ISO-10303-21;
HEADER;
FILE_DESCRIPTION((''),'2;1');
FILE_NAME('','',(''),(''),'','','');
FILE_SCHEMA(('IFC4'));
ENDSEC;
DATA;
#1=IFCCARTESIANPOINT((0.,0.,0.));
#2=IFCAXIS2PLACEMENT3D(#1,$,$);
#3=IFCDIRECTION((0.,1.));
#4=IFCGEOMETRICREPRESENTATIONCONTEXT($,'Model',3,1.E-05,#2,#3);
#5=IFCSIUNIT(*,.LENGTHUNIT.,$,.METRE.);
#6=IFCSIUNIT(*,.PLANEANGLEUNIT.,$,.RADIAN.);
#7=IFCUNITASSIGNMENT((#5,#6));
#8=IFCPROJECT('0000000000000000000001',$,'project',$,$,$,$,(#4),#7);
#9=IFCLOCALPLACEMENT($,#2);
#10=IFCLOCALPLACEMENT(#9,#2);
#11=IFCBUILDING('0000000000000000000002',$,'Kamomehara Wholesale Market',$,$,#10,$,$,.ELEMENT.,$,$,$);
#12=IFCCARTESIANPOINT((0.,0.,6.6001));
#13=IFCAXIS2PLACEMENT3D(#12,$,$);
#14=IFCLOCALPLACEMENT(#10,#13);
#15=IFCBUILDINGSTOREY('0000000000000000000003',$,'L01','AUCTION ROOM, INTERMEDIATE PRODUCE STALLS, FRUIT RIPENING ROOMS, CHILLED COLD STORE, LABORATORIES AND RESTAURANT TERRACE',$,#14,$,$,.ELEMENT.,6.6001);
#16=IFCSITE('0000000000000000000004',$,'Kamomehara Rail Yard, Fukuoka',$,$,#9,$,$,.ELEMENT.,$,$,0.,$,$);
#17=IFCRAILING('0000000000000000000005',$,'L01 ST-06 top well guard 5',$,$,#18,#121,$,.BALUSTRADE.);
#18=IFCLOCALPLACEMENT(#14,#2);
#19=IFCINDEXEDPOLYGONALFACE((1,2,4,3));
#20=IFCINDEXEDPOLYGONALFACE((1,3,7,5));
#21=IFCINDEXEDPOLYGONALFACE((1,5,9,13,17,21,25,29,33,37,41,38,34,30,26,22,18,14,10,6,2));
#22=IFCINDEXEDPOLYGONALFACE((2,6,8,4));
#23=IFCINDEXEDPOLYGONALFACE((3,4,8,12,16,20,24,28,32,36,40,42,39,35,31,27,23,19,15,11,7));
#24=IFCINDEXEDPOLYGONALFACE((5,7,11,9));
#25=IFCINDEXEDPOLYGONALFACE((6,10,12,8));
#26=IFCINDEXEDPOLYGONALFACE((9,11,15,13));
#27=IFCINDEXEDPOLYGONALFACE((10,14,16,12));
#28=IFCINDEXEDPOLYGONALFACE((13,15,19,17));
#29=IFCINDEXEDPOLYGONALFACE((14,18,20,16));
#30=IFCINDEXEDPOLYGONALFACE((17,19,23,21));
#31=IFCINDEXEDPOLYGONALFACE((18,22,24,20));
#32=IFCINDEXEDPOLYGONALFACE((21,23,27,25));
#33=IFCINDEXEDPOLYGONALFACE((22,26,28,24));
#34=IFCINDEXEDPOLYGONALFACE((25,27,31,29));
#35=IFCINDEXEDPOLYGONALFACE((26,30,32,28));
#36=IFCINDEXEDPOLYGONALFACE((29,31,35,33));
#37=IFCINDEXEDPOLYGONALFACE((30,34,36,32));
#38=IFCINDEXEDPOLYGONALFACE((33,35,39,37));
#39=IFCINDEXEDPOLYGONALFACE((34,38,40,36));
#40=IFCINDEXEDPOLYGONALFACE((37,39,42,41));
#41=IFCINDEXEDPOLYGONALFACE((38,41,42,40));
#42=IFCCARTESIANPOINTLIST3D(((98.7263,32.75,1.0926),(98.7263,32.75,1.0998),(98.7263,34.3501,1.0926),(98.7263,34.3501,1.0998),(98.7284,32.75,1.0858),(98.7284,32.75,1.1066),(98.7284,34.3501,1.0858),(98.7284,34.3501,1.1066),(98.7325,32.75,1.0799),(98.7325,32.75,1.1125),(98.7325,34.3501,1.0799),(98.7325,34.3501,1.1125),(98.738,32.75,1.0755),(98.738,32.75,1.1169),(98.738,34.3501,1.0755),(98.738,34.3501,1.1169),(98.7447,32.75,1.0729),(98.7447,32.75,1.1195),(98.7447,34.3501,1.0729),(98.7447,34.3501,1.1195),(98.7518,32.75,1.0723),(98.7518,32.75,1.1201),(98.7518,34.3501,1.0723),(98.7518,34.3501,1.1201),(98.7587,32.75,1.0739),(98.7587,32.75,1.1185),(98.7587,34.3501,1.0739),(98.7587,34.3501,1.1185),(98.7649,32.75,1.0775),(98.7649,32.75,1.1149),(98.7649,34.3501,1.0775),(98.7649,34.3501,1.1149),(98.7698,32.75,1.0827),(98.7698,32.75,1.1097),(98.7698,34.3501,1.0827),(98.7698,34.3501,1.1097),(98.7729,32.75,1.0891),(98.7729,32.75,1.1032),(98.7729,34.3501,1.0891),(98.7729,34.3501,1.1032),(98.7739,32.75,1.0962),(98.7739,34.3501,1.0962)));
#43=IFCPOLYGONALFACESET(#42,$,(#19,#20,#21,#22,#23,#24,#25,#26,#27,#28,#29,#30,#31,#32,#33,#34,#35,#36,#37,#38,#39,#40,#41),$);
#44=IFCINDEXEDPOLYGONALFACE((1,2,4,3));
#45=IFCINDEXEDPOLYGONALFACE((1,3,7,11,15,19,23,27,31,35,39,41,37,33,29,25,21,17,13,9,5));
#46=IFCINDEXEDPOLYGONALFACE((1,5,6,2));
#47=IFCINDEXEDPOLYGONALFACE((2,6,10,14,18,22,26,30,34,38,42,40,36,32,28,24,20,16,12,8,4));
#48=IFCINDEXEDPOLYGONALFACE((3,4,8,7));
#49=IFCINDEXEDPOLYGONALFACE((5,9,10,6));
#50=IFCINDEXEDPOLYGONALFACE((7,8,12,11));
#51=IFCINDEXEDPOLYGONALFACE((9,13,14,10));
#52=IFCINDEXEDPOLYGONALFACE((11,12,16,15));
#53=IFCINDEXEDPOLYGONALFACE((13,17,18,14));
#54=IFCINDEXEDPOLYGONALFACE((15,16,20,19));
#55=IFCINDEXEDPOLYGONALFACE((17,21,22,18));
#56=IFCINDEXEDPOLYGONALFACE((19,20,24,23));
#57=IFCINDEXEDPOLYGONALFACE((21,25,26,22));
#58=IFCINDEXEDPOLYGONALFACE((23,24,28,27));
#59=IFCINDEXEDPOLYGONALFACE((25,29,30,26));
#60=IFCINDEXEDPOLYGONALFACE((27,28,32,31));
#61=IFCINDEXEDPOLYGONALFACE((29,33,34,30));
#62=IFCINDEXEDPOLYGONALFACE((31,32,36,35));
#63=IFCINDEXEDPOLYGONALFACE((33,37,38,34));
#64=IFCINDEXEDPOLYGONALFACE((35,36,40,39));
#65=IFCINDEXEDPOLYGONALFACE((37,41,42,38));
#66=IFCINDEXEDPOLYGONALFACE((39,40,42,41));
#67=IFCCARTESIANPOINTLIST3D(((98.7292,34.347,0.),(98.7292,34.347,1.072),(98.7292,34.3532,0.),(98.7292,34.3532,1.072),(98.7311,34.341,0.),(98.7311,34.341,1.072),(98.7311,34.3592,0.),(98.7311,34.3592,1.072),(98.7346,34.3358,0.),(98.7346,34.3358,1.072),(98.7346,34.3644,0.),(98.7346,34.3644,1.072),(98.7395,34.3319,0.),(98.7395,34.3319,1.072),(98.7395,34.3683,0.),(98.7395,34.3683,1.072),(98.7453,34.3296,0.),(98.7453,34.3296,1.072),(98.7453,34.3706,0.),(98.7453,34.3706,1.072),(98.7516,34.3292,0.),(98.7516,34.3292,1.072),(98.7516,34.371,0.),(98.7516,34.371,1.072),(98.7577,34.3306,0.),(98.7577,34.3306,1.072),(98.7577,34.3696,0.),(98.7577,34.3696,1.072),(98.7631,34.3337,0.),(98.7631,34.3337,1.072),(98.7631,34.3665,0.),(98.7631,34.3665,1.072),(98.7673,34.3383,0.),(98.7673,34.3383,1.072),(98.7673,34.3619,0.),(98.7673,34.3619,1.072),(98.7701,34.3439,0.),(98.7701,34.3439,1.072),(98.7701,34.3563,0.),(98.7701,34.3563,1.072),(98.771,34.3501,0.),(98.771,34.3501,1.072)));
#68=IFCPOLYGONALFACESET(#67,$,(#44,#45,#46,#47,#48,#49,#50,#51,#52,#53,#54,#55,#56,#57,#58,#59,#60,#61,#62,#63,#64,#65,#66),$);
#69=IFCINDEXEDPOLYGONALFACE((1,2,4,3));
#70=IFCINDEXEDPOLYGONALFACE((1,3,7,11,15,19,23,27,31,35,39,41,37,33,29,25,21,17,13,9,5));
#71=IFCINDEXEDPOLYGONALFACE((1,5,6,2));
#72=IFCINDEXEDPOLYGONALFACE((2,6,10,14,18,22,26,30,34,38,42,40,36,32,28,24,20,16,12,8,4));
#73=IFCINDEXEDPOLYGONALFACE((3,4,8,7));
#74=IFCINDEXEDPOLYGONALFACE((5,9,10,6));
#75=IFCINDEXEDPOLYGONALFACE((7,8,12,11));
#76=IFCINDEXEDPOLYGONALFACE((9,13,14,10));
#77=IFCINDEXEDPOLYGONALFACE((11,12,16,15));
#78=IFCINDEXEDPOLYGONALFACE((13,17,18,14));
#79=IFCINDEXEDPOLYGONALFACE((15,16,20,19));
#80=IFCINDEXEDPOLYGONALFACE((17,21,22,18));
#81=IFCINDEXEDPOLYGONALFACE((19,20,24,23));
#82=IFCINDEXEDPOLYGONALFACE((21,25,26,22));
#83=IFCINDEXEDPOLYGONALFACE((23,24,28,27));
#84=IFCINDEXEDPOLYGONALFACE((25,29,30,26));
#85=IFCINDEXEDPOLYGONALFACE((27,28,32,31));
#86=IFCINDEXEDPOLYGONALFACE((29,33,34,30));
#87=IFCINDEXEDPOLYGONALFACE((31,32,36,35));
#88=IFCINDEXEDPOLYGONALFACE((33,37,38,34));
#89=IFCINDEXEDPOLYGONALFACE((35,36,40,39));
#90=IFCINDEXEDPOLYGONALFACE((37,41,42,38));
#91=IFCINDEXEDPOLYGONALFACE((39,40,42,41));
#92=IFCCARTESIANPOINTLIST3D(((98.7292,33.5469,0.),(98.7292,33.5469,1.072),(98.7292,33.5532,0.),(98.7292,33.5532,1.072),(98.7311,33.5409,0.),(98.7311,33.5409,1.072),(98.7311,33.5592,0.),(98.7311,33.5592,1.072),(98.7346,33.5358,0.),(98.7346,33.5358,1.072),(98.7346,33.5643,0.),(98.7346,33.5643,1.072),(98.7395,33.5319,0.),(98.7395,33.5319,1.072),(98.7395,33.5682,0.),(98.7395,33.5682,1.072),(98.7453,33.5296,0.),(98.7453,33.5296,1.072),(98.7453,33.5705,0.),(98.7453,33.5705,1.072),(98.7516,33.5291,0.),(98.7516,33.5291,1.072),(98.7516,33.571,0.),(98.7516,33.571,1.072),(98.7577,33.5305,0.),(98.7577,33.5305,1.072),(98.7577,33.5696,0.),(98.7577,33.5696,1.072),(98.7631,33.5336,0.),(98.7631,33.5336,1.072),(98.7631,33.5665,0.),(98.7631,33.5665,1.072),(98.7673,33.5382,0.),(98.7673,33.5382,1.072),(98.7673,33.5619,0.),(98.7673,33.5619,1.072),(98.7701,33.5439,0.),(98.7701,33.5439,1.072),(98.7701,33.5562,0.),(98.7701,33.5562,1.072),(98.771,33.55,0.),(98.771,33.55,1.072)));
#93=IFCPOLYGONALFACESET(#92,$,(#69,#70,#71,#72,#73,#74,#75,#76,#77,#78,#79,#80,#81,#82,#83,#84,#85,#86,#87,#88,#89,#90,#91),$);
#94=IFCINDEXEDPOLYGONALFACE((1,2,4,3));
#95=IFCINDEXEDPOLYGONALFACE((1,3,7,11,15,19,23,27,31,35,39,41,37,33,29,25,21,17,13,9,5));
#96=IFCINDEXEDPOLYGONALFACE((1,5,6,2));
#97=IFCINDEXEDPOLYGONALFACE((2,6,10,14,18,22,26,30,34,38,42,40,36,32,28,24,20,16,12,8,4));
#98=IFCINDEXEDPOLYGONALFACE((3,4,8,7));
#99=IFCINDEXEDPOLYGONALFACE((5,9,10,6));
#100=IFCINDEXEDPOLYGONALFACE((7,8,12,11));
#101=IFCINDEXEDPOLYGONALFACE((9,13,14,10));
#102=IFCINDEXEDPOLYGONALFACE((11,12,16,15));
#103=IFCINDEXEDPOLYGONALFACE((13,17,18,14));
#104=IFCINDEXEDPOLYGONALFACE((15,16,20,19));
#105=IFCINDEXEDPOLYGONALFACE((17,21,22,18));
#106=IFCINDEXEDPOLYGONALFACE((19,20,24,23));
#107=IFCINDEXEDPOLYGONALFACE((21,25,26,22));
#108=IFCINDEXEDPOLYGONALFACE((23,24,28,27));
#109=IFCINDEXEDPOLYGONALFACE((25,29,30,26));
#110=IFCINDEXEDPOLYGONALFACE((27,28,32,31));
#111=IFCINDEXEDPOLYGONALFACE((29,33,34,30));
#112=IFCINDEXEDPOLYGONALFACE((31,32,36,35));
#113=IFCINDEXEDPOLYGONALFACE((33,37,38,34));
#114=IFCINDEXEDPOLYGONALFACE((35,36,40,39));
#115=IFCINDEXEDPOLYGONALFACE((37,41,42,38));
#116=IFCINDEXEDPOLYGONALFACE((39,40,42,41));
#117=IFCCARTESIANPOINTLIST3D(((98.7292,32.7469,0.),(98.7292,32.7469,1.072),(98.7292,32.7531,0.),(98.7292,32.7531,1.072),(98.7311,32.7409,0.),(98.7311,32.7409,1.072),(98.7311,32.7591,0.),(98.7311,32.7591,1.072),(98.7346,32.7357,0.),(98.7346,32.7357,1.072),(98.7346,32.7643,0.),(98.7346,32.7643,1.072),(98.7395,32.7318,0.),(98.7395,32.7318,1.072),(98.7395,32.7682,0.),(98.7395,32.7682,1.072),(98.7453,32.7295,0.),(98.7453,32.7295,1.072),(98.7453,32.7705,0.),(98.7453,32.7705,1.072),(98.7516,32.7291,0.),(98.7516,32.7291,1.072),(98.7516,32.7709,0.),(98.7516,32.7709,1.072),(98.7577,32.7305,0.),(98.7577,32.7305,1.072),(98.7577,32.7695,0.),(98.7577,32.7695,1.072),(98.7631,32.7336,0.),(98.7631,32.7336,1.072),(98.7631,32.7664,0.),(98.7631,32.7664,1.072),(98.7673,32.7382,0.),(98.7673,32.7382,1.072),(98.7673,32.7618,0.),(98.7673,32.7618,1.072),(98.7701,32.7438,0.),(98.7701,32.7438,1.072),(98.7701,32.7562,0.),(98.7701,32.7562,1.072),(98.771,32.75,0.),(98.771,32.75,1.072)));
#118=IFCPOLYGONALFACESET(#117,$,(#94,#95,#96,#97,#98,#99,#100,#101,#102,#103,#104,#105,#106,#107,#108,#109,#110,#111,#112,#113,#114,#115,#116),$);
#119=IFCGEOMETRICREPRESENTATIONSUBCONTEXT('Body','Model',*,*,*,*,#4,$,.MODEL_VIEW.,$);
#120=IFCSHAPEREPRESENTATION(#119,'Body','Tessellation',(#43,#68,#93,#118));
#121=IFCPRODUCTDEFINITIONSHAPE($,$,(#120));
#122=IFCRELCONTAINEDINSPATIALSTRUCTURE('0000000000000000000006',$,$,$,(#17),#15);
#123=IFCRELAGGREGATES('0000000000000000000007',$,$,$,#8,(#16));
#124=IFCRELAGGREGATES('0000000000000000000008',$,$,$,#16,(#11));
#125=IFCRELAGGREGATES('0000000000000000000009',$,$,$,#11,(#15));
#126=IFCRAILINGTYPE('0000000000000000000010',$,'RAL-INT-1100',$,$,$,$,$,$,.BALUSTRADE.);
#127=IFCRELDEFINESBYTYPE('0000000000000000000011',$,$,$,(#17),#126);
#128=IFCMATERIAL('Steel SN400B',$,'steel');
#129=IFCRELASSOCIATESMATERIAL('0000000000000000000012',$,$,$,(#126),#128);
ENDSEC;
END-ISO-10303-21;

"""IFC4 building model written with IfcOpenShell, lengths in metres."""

from ifc_helpers import new_model, si_unit, direction, frame, origin, origin_2d, place, context, subcontext, project, spatial, circle, extrude, material, type_object, element, save


model = new_model("IFC4")

# Units and contexts
model_context = context("Model", 3, precision=1e-05, world=origin(), true_north=direction((0.0, 1.0)))
body_context = subcontext(model_context, "Body", "Model", "MODEL_VIEW")
ifc_project = project(units=[si_unit("LENGTHUNIT", "METRE"), si_unit("PLANEANGLEUNIT", "RADIAN")], contexts=[model_context])

# Site, building, storey
site_placement = place(None, origin())
site = spatial("IfcSite", under=ifc_project, at=site_placement, Name="Kamomehara Rail Yard, Fukuoka", CompositionType="ELEMENT", RefElevation=0.0)
building_placement = place(site_placement, origin())
building = spatial("IfcBuilding", under=site, at=building_placement, Name="Kamomehara Wholesale Market", CompositionType="ELEMENT")
storey_placement = place(building_placement, frame((0.0, 0.0, 6.6001)))
storey = spatial("IfcBuildingStorey", under=building, at=storey_placement, Name="L01", Description="AUCTION ROOM, INTERMEDIATE PRODUCE STALLS, FRUIT RIPENING ROOMS, CHILLED COLD STORE, LABORATORIES AND RESTAURANT TERRACE", CompositionType="ELEMENT", Elevation=6.6001)

# Railing
ifc_material_1 = material(Name="Steel SN400B", Category="steel")
railing_type = type_object("IfcRailingType", Name="RAL-INT-1100", PredefinedType="BALUSTRADE", material=ifc_material_1)
railing_1_placement = place(storey_placement, frame((98.75, 34.3501, 0.0)))
element("IfcRailing", 1, at=railing_1_placement, inside=storey, type_object=railing_type, Name="L01 ST-06 top well guard 5", PredefinedType="BALUSTRADE", context=body_context, shape_type="SweptSolid", body=[
    extrude(circle(Radius=0.0239, at=origin_2d()), frame((0.0, 0.0, 1.0962), z_axis=(0.0, -1.0, 0.0), x_axis=(1.0, 0.0, 0.0)), (0.0, 0.0, 1.0), 1.6001),
    extrude(circle(Radius=0.021, at=origin_2d()), origin(), (0.0, 0.0, 1.0), 1.072),
    extrude(circle(Radius=0.021, at=origin_2d()), frame((0.0, -0.8, 0.0)), (0.0, 0.0, 1.0), 1.072),
    extrude(circle(Radius=0.021, at=origin_2d()), frame((0.0, -1.6001, 0.0)), (0.0, 0.0, 1.0), 1.072),
])

save(model, "model.ifc")
